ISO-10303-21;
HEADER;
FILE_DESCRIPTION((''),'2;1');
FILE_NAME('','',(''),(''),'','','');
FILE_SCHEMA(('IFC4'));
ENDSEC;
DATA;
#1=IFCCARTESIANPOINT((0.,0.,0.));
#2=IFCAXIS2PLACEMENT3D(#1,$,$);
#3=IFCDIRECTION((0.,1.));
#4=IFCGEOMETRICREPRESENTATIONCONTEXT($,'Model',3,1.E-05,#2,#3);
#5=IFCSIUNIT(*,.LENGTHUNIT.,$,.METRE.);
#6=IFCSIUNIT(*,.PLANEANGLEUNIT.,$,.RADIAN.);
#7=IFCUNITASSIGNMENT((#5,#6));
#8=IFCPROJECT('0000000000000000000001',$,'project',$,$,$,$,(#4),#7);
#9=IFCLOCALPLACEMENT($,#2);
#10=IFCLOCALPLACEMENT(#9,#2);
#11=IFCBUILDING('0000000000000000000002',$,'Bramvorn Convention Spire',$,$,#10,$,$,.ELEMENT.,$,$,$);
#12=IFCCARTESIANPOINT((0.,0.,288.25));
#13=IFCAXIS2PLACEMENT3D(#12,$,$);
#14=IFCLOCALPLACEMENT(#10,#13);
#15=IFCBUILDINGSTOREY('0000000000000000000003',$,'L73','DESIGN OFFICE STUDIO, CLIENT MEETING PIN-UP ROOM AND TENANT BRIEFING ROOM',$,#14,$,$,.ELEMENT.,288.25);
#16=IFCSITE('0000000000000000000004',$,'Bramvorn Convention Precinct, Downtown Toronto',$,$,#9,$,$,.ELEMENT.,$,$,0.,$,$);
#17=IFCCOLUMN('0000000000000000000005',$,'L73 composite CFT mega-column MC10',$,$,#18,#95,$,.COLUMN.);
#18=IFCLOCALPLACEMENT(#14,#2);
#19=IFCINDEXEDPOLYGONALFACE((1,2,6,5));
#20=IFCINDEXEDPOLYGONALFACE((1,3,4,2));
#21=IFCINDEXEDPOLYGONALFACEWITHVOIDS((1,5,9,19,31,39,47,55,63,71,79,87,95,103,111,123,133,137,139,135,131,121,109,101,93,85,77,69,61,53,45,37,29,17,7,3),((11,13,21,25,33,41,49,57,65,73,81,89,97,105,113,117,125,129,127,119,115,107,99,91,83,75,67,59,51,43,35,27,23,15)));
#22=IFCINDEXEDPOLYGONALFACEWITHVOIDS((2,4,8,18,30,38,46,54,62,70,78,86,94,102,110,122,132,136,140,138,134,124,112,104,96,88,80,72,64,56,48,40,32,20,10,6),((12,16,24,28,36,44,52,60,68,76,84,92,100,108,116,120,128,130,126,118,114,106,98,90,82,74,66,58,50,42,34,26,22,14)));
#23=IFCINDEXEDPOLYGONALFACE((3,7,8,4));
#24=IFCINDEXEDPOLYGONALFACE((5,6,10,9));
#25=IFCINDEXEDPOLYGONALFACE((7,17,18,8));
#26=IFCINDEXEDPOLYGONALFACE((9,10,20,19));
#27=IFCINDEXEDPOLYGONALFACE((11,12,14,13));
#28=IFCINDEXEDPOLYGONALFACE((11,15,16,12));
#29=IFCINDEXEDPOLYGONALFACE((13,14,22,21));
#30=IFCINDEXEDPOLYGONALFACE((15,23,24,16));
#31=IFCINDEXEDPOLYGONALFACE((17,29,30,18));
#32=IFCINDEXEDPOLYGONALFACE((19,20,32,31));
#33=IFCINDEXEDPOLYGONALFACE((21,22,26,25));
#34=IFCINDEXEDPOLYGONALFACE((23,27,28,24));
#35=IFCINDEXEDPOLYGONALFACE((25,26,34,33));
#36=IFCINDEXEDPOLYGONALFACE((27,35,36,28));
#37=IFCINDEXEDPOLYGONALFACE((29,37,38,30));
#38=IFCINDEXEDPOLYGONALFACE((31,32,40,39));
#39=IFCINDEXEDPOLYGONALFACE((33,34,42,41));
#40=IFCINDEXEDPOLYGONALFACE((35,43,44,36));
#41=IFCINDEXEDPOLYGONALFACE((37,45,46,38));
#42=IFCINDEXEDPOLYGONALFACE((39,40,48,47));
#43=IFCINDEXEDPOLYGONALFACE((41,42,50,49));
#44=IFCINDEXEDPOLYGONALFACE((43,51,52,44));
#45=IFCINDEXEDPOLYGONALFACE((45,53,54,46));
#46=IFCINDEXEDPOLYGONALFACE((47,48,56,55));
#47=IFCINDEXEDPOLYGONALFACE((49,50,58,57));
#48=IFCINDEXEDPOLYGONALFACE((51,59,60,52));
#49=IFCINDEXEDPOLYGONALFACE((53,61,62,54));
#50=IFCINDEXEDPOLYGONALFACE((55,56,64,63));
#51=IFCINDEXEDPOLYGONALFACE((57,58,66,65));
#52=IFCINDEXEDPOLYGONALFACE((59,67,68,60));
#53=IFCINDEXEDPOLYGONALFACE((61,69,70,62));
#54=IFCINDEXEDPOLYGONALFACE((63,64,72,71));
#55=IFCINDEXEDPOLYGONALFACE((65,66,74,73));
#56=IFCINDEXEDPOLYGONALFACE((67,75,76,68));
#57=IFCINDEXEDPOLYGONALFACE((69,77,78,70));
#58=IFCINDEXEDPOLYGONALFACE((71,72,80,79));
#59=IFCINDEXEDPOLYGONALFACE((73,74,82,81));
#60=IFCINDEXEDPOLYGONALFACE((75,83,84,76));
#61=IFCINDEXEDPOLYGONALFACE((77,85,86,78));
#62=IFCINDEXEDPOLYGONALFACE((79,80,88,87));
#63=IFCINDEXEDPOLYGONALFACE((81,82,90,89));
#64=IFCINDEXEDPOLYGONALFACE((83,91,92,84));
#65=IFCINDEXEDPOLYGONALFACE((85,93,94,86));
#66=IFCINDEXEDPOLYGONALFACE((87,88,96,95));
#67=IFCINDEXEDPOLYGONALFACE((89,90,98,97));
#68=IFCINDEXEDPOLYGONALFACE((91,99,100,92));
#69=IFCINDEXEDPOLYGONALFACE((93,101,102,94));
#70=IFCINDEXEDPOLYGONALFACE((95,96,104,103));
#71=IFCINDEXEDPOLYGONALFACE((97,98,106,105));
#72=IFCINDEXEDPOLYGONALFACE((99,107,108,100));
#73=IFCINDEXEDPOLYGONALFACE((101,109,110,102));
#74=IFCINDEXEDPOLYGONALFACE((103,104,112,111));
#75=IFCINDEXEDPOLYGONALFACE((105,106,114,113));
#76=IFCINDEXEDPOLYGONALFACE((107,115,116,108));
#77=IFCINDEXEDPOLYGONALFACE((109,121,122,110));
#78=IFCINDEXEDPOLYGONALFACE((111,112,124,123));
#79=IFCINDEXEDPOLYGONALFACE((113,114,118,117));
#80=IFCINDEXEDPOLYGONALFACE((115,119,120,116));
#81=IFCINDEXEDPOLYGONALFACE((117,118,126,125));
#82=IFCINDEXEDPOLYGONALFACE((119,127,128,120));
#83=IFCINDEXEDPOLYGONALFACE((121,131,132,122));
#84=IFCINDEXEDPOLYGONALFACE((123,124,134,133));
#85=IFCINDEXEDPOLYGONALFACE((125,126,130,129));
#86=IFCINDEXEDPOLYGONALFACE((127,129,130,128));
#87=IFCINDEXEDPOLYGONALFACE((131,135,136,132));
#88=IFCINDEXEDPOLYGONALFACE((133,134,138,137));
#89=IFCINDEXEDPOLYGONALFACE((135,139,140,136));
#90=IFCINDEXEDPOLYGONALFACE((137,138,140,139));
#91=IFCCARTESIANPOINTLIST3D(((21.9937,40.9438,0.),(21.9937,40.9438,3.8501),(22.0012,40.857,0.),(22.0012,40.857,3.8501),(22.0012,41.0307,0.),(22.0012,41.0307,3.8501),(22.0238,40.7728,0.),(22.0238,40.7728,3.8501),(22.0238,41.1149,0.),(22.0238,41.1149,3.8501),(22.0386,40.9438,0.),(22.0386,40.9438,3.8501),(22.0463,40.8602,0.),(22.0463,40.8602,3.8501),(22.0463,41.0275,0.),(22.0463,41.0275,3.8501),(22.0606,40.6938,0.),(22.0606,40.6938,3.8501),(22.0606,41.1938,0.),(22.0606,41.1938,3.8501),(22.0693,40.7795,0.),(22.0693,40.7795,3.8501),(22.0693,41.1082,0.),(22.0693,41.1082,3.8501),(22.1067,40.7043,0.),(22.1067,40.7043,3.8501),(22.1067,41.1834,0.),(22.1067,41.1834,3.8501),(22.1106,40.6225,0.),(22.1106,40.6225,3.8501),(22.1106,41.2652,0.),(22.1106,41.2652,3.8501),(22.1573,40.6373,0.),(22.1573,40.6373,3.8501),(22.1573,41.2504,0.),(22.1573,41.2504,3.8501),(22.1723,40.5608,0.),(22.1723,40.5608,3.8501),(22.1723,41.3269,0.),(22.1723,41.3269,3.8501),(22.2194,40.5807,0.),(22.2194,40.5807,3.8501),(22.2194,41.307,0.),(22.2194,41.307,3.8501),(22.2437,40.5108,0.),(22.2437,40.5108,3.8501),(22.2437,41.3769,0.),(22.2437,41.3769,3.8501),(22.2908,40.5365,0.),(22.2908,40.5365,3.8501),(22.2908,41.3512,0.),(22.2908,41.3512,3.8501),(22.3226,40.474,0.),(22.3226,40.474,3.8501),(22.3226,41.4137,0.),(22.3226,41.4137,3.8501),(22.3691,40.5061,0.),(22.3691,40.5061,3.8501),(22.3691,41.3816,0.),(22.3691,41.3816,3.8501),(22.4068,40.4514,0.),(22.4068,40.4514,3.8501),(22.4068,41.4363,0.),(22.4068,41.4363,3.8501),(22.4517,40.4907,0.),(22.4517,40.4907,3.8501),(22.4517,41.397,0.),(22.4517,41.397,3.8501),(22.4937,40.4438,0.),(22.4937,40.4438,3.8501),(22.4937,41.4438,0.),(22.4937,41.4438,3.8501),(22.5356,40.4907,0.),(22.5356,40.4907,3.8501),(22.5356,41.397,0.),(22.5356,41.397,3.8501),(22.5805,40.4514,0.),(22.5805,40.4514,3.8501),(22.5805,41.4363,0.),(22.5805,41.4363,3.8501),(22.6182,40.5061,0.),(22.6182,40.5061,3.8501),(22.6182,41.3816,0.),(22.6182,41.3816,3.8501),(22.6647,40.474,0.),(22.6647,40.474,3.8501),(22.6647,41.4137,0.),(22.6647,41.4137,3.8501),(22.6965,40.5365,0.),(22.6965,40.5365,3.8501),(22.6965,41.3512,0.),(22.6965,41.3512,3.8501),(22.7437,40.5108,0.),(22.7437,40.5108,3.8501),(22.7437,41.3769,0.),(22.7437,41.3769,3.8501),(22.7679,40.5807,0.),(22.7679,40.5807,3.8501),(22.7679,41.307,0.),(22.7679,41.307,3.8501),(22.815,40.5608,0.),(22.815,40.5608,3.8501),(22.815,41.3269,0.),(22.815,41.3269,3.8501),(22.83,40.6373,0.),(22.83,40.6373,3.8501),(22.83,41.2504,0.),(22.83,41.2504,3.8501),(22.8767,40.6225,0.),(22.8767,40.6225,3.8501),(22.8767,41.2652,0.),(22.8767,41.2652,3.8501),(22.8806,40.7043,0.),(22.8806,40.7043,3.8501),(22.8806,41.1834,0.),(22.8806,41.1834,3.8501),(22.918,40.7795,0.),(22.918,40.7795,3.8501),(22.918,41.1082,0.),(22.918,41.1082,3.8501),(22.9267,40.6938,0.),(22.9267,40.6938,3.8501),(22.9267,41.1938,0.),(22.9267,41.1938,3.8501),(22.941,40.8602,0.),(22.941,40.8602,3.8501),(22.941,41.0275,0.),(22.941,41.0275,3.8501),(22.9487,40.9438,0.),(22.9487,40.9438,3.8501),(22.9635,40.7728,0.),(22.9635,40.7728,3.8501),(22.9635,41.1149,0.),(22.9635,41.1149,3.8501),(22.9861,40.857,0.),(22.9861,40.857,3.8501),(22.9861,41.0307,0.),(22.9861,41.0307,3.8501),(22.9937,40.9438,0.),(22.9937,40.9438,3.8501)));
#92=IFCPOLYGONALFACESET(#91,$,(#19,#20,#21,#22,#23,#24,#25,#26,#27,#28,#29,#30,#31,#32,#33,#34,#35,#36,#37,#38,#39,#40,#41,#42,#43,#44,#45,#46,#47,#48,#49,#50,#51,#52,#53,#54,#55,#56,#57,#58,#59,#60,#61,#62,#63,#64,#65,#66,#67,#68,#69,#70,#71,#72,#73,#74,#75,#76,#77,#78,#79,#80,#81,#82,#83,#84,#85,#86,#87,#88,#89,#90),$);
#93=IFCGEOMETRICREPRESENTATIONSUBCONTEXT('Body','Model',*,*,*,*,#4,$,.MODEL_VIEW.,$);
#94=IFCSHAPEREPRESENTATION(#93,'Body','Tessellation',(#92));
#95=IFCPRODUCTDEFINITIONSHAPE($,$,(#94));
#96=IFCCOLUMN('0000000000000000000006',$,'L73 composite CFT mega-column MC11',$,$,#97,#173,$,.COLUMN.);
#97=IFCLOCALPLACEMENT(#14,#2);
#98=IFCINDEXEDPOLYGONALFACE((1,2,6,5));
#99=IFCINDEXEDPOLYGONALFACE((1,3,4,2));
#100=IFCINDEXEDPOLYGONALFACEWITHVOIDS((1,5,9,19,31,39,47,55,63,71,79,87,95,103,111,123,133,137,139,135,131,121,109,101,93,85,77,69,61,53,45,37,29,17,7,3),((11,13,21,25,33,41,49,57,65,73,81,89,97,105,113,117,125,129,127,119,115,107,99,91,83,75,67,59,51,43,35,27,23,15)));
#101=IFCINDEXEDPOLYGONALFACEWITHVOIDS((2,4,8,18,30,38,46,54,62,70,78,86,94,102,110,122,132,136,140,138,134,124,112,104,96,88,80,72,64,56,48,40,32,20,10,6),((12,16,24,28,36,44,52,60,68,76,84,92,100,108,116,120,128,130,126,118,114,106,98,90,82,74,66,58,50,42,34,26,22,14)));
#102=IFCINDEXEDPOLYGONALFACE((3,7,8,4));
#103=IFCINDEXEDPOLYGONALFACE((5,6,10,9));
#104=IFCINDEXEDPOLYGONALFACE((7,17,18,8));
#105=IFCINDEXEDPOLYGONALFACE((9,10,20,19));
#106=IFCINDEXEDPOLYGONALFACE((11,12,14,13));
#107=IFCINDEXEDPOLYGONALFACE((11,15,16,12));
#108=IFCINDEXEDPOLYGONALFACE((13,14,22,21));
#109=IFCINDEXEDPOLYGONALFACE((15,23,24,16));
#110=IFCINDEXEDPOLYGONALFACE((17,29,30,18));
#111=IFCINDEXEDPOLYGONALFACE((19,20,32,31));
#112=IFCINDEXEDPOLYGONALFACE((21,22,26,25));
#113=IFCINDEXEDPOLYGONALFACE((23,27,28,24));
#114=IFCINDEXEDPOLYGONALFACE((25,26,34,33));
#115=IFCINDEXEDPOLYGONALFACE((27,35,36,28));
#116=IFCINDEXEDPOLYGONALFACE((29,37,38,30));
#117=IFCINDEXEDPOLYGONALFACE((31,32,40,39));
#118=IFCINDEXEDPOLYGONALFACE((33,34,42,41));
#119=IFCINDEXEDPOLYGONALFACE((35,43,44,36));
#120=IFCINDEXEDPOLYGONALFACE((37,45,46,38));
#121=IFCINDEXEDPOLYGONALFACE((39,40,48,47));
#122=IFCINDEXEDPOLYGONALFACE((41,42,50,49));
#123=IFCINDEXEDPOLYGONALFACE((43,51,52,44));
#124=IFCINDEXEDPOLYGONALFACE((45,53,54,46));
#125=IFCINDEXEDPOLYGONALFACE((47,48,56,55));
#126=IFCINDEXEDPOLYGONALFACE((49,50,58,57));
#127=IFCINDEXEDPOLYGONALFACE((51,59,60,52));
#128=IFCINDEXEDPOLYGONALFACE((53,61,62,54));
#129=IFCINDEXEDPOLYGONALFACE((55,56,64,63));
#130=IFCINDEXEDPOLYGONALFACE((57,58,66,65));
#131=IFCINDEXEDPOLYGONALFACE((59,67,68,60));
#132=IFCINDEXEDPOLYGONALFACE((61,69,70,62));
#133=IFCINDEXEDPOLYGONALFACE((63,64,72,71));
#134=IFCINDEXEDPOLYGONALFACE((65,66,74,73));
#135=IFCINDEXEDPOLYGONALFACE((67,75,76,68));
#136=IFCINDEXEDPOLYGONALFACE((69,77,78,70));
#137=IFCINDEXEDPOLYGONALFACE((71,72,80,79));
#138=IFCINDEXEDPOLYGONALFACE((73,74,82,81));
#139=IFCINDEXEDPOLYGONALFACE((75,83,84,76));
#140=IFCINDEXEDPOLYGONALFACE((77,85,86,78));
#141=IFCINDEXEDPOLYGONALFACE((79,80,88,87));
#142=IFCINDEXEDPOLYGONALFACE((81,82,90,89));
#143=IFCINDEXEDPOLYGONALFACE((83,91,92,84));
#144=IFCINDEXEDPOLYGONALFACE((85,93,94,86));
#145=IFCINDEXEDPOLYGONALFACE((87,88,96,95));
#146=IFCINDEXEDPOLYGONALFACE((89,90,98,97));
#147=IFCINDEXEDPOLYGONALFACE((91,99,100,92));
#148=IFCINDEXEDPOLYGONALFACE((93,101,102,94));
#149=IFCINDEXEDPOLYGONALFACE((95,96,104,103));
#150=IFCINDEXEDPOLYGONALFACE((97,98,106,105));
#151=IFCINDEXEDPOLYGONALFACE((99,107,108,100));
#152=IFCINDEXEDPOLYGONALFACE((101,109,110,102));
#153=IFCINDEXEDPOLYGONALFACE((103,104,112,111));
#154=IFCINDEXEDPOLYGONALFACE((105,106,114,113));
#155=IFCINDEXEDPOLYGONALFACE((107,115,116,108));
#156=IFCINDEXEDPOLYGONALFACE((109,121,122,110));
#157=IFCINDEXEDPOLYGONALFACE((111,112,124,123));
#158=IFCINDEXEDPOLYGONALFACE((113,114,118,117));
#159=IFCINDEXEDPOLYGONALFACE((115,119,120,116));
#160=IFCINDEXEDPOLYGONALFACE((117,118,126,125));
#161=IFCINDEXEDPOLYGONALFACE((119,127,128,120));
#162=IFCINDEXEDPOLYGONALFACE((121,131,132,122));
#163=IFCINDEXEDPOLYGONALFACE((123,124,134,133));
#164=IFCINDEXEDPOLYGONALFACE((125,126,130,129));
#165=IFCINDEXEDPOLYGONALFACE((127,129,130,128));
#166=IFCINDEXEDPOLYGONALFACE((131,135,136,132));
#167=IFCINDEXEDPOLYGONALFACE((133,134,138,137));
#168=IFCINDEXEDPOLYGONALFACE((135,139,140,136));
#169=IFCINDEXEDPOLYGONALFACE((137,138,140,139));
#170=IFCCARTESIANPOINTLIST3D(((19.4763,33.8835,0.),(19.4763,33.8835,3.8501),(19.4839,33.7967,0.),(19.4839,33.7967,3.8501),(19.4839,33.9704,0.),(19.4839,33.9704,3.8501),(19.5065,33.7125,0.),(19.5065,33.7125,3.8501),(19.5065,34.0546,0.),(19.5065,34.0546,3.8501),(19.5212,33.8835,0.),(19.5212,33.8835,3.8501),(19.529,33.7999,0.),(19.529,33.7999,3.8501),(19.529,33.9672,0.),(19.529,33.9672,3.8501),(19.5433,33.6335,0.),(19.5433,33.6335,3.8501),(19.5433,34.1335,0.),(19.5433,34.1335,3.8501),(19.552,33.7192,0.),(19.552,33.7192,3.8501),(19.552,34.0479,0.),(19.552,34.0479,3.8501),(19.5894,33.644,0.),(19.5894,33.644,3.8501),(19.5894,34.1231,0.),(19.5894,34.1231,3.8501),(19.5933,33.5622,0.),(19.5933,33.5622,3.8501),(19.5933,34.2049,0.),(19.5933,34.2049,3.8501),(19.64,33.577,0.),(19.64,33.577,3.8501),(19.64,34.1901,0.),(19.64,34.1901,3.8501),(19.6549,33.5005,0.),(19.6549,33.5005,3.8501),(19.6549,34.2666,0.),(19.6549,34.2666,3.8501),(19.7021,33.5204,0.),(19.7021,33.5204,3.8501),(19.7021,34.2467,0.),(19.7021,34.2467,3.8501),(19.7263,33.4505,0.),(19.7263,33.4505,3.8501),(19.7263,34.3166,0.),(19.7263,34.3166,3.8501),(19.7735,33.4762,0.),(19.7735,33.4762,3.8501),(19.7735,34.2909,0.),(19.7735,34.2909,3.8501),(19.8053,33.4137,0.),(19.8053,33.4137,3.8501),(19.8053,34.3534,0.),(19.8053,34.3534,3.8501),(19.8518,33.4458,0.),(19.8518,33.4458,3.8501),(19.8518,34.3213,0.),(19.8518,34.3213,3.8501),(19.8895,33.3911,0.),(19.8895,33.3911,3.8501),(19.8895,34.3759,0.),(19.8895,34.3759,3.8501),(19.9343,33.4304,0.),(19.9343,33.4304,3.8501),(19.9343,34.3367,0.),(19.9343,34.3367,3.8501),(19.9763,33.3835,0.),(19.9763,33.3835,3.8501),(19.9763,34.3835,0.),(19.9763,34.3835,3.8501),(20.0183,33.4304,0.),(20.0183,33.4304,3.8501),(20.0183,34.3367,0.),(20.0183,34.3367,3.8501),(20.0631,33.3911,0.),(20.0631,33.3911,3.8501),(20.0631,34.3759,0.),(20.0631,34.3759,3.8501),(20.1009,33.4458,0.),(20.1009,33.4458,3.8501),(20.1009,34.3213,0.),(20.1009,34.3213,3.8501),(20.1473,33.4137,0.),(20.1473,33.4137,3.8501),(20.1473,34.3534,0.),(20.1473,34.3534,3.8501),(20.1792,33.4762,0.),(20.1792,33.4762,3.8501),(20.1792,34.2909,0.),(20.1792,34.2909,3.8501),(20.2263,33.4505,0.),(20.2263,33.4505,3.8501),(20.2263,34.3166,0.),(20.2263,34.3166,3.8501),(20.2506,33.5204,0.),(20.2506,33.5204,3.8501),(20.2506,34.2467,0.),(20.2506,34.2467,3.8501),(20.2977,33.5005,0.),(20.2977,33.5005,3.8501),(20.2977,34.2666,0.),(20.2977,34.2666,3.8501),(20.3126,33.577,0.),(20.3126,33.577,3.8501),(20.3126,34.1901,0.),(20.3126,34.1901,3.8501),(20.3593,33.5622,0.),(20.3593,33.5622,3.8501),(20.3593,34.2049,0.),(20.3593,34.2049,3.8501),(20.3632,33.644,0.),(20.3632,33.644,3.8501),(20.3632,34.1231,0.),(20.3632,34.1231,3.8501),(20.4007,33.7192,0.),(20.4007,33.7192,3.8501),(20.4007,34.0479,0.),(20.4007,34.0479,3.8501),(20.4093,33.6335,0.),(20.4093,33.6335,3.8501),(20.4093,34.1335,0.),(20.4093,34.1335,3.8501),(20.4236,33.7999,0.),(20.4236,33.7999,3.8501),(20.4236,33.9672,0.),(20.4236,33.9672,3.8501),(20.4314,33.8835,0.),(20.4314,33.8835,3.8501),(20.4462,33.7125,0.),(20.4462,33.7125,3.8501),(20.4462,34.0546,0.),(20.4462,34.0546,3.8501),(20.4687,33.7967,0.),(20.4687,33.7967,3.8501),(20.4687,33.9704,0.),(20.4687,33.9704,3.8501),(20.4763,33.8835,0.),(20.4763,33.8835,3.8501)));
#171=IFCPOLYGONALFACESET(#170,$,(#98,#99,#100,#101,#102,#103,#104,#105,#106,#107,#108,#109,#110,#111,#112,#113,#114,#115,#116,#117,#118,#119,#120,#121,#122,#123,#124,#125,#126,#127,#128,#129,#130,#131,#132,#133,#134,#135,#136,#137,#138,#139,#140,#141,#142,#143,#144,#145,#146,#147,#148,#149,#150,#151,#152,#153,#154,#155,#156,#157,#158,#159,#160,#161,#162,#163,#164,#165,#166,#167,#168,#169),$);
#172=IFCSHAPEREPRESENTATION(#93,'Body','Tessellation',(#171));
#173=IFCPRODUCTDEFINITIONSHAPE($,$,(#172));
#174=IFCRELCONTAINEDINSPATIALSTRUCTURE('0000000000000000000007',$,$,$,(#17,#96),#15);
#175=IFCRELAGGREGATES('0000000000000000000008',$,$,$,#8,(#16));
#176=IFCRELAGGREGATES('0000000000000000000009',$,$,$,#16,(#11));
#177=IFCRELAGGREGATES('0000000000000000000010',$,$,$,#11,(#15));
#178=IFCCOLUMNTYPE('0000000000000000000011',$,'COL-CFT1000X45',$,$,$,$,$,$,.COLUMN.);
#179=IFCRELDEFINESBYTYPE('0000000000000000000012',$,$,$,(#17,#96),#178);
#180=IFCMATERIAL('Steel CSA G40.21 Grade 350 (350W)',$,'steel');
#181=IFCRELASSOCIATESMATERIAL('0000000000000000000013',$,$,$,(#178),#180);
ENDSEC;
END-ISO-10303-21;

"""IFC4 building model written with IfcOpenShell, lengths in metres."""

from ifc_helpers import new_model, si_unit, direction, frame, origin, origin_2d, place, context, subcontext, project, spatial, hollow_circle, extrude, material, material_profile, profile_set, type_object, element, save


model = new_model("IFC4")

# Units and contexts
model_context = context("Model", 3, precision=1e-05, world=origin(), true_north=direction((0.0, 1.0)))
body_context = subcontext(model_context, "Body", "Model", "MODEL_VIEW")
ifc_project = project(units=[si_unit("LENGTHUNIT", "METRE"), si_unit("PLANEANGLEUNIT", "RADIAN")], contexts=[model_context])

# Site, building, storey
site_placement = place(None, origin())
site = spatial("IfcSite", under=ifc_project, at=site_placement, Name="Bramvorn Convention Precinct, Downtown Toronto", CompositionType="ELEMENT", RefElevation=0.0)
building_placement = place(site_placement, origin())
building = spatial("IfcBuilding", under=site, at=building_placement, Name="Bramvorn Convention Spire", CompositionType="ELEMENT")
storey_placement = place(building_placement, frame((0.0, 0.0, 288.25)))
storey = spatial("IfcBuildingStorey", under=building, at=storey_placement, Name="L73", Description="DESIGN OFFICE STUDIO, CLIENT MEETING PIN-UP ROOM AND TENANT BRIEFING ROOM", CompositionType="ELEMENT", Elevation=288.25)

# Columns
ifc_material_1 = material(Name="Steel CSA G40.21 Grade 350 (350W)", Category="steel")
ifc_material_profile_1 = material_profile(ifc_material_1, hollow_circle(Radius=0.5, WallThickness=0.0449, at=origin_2d()))
ifc_profile_set_1 = profile_set([ifc_material_profile_1], Name="Steel CSA G40.21 Grade 350 (350W) - CFT1000X45")
column_type = type_object("IfcColumnType", Name="COL-CFT1000X45", PredefinedType="COLUMN", material=ifc_profile_set_1)
for number, where, z_axis, x_axis, name in (
    (1, (22.4937, 40.9438, 0.0), (0.0, 0.0, 1.0), (1.0, 0.0, 0.0), "L73 composite CFT mega-column MC10"),
    (2, (19.9763, 33.8835, 0.0), (0.0, 0.0, 1.0), (1.0, 0.0, 0.0), "L73 composite CFT mega-column MC11"),
):
    element("IfcColumn", number, at=place(storey_placement, frame(where, z_axis=z_axis, x_axis=x_axis)), inside=storey, type_object=column_type, Name=name, PredefinedType="COLUMN", context=body_context, shape_type="SweptSolid", body=[
        extrude(hollow_circle(Radius=0.5, WallThickness=0.0449, at=origin_2d()), origin(), (0.0, 0.0, 1.0), 3.8501),
    ])

save(model, "model.ifc")
